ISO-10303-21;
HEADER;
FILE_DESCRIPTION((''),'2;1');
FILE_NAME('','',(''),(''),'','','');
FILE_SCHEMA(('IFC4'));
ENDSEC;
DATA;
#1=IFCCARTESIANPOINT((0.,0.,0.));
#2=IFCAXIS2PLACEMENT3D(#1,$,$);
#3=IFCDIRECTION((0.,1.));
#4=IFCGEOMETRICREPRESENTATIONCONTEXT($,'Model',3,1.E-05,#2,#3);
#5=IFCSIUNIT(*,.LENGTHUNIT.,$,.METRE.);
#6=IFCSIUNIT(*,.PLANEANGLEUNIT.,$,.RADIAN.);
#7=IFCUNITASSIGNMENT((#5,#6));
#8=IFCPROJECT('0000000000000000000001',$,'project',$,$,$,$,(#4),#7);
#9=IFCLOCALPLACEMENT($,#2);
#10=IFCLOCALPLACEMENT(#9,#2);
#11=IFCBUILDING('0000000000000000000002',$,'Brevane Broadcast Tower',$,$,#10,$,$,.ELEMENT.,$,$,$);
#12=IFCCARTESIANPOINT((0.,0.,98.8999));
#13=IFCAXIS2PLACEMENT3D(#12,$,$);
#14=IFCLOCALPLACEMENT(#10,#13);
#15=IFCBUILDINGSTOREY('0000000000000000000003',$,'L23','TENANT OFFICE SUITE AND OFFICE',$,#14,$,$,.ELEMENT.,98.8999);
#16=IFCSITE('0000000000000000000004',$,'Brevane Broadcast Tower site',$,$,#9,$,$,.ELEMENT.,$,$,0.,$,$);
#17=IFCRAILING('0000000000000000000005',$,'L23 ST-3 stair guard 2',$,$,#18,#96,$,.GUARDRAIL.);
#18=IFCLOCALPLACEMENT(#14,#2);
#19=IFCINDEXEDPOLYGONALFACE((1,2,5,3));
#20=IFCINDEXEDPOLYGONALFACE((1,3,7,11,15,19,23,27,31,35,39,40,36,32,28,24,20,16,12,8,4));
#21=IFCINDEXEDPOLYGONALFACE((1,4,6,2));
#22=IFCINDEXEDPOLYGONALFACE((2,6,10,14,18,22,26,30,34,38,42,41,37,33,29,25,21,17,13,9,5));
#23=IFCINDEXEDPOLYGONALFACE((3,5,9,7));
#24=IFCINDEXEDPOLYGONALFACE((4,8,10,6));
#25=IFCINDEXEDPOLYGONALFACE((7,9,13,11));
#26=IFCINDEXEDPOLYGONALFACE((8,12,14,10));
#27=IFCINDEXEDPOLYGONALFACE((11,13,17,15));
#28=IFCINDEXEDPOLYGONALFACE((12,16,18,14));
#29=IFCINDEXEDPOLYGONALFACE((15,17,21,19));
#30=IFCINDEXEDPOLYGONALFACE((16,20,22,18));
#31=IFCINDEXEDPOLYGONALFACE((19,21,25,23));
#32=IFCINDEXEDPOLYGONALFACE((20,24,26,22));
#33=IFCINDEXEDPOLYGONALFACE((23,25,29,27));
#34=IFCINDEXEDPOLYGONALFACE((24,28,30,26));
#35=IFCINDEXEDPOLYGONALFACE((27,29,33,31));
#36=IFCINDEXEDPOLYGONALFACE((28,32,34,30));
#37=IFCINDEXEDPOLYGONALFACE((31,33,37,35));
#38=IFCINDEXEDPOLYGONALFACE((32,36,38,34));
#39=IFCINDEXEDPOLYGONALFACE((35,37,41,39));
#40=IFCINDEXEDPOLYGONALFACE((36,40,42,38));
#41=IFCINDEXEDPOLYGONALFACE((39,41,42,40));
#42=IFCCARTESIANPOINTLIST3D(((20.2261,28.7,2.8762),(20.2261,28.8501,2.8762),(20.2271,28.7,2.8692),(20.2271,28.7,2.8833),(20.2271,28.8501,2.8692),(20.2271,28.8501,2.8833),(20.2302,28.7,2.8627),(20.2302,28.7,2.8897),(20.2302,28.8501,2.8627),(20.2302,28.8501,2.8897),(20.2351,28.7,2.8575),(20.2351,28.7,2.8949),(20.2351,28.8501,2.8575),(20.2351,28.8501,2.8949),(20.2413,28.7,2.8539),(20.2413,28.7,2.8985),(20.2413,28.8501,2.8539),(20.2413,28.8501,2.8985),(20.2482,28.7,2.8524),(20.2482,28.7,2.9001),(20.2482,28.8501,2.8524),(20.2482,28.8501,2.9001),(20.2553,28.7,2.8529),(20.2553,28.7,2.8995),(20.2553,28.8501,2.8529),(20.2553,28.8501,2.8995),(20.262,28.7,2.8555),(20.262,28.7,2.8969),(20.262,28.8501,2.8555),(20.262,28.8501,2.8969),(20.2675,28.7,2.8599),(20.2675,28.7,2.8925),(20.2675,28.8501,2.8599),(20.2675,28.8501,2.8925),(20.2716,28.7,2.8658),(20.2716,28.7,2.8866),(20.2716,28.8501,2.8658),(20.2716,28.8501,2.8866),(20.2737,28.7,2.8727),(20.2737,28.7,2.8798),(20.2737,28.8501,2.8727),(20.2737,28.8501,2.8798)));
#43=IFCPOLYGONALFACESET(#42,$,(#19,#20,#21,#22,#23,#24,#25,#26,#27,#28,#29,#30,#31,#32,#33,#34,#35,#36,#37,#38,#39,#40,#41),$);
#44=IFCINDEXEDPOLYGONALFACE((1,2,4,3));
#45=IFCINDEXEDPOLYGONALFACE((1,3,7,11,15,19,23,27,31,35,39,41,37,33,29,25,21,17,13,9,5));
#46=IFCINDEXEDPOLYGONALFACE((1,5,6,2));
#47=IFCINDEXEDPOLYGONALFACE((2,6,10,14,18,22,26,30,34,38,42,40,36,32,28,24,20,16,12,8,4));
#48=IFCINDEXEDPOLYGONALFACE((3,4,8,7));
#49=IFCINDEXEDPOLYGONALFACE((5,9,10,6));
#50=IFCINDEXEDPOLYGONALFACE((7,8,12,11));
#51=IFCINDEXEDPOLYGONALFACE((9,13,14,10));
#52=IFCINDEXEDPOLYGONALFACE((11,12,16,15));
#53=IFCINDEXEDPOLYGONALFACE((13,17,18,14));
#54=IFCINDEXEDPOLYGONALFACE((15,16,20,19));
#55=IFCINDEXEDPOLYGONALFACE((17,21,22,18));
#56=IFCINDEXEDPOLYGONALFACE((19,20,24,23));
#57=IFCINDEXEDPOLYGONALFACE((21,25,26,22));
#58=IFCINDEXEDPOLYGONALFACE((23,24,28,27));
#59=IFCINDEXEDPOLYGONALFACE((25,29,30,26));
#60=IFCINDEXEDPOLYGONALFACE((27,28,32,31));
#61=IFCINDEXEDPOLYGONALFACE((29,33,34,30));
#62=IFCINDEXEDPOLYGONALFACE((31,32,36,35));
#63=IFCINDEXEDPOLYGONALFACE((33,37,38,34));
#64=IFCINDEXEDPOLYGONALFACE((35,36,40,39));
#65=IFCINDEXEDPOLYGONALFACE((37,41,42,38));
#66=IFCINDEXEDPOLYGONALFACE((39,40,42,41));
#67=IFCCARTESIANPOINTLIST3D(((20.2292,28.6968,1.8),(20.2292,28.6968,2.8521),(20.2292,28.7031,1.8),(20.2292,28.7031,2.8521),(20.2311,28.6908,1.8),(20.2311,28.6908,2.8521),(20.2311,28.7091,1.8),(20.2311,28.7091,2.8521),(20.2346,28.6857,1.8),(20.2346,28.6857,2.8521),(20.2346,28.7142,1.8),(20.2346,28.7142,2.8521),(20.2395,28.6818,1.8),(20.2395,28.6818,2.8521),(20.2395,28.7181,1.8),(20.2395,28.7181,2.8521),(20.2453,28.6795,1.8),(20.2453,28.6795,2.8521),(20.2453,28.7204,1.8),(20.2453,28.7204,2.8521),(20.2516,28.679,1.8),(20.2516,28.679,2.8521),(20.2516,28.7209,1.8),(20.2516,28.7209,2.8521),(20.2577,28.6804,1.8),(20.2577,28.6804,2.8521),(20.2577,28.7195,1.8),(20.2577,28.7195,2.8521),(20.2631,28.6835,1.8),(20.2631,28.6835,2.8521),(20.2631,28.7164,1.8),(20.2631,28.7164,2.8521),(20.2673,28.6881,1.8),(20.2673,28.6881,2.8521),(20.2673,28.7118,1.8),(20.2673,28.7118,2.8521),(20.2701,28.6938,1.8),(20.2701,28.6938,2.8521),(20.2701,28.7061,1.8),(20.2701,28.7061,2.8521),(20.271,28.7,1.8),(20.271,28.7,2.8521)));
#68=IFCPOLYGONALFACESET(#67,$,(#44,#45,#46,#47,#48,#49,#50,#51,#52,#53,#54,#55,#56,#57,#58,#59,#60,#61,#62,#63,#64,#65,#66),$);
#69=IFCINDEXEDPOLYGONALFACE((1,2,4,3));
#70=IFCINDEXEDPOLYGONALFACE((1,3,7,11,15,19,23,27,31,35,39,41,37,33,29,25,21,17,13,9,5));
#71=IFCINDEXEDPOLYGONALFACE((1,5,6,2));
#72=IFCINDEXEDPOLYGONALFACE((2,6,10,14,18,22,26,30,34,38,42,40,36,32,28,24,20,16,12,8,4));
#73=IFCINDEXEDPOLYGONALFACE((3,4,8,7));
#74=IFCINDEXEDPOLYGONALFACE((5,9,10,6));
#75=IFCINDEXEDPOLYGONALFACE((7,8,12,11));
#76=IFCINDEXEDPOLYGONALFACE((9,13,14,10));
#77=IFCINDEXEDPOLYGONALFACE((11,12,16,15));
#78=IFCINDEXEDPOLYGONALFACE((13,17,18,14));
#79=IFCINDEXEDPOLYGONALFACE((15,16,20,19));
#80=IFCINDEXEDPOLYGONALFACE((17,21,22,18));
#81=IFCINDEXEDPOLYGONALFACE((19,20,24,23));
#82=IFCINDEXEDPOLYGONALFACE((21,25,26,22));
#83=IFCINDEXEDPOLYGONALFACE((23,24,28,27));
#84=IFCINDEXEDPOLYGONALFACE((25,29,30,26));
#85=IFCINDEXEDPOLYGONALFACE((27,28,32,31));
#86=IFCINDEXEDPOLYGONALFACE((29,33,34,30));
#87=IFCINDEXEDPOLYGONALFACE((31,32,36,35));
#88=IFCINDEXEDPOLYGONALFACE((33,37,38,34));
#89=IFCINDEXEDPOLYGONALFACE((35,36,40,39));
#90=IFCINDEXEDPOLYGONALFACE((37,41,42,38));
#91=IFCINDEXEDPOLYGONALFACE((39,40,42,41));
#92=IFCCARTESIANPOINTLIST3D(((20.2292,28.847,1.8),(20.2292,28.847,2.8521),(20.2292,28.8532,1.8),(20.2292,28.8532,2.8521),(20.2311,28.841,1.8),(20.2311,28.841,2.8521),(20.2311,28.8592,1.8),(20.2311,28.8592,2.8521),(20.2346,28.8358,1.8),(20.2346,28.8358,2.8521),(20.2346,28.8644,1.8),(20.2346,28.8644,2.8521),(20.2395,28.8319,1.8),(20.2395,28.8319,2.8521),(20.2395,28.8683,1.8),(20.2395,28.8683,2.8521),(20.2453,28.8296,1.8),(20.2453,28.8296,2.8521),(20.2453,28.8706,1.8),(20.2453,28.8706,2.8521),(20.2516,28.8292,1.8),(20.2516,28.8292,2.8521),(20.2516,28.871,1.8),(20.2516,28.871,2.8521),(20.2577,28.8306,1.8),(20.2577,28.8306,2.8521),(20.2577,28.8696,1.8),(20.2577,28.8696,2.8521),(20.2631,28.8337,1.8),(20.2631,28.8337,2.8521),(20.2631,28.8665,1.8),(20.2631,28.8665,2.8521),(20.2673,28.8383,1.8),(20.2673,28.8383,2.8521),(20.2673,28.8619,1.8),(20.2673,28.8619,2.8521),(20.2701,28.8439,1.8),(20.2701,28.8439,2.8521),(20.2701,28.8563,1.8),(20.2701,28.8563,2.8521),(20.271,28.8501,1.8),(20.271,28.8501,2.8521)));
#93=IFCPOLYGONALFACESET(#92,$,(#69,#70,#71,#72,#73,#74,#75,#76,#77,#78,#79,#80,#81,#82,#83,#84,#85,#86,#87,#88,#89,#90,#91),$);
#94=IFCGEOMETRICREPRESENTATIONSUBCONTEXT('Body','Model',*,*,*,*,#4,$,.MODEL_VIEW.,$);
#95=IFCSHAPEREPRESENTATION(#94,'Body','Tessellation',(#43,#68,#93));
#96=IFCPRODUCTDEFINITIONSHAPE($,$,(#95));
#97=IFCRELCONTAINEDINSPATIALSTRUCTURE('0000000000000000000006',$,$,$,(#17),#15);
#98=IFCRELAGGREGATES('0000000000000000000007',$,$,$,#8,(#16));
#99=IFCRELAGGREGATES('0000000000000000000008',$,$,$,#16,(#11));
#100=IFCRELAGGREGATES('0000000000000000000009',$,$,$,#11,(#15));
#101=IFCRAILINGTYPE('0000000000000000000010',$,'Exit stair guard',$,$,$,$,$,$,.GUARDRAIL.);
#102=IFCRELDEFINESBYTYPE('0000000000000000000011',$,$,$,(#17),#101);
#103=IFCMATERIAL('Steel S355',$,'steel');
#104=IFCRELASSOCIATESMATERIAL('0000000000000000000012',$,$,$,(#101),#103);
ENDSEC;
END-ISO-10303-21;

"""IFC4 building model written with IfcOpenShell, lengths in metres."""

from ifc_helpers import new_model, si_unit, direction, frame, origin, origin_2d, place, context, subcontext, project, spatial, circle, extrude, material, type_object, element, save


model = new_model("IFC4")

# Units and contexts
model_context = context("Model", 3, precision=1e-05, world=origin(), true_north=direction((0.0, 1.0)))
body_context = subcontext(model_context, "Body", "Model", "MODEL_VIEW")
ifc_project = project(units=[si_unit("LENGTHUNIT", "METRE"), si_unit("PLANEANGLEUNIT", "RADIAN")], contexts=[model_context])

# Site, building, storey
site_placement = place(None, origin())
site = spatial("IfcSite", under=ifc_project, at=site_placement, Name="Brevane Broadcast Tower site", CompositionType="ELEMENT", RefElevation=0.0)
building_placement = place(site_placement, origin())
building = spatial("IfcBuilding", under=site, at=building_placement, Name="Brevane Broadcast Tower", CompositionType="ELEMENT")
storey_placement = place(building_placement, frame((0.0, 0.0, 98.8999)))
storey = spatial("IfcBuildingStorey", under=building, at=storey_placement, Name="L23", Description="TENANT OFFICE SUITE AND OFFICE", CompositionType="ELEMENT", Elevation=98.8999)

# Railing
ifc_material_1 = material(Name="Steel S355", Category="steel")
railing_type_1 = type_object("IfcRailingType", Name="Exit stair guard", PredefinedType="GUARDRAIL", material=ifc_material_1)
railing_1_placement = place(storey_placement, frame((20.25, 28.7, 1.8)))
element("IfcRailing", 1, at=railing_1_placement, inside=storey, type_object=railing_type_1, Name="L23 ST-3 stair guard 2", PredefinedType="GUARDRAIL", context=body_context, shape_type="SweptSolid", body=[
    extrude(circle(Radius=0.0239, at=origin_2d()), frame((0.0, 0.0, 1.0762), z_axis=(0.0, 1.0, 0.0), x_axis=(-1.0, 0.0, 0.0)), (0.0, 0.0, 1.0), 0.1501),
    extrude(circle(Radius=0.021, at=origin_2d()), origin(), (0.0, 0.0, 1.0), 1.052),
    extrude(circle(Radius=0.021, at=origin_2d()), frame((0.0, 0.1501, 0.0)), (0.0, 0.0, 1.0), 1.052),
])

save(model, "model.ifc")
